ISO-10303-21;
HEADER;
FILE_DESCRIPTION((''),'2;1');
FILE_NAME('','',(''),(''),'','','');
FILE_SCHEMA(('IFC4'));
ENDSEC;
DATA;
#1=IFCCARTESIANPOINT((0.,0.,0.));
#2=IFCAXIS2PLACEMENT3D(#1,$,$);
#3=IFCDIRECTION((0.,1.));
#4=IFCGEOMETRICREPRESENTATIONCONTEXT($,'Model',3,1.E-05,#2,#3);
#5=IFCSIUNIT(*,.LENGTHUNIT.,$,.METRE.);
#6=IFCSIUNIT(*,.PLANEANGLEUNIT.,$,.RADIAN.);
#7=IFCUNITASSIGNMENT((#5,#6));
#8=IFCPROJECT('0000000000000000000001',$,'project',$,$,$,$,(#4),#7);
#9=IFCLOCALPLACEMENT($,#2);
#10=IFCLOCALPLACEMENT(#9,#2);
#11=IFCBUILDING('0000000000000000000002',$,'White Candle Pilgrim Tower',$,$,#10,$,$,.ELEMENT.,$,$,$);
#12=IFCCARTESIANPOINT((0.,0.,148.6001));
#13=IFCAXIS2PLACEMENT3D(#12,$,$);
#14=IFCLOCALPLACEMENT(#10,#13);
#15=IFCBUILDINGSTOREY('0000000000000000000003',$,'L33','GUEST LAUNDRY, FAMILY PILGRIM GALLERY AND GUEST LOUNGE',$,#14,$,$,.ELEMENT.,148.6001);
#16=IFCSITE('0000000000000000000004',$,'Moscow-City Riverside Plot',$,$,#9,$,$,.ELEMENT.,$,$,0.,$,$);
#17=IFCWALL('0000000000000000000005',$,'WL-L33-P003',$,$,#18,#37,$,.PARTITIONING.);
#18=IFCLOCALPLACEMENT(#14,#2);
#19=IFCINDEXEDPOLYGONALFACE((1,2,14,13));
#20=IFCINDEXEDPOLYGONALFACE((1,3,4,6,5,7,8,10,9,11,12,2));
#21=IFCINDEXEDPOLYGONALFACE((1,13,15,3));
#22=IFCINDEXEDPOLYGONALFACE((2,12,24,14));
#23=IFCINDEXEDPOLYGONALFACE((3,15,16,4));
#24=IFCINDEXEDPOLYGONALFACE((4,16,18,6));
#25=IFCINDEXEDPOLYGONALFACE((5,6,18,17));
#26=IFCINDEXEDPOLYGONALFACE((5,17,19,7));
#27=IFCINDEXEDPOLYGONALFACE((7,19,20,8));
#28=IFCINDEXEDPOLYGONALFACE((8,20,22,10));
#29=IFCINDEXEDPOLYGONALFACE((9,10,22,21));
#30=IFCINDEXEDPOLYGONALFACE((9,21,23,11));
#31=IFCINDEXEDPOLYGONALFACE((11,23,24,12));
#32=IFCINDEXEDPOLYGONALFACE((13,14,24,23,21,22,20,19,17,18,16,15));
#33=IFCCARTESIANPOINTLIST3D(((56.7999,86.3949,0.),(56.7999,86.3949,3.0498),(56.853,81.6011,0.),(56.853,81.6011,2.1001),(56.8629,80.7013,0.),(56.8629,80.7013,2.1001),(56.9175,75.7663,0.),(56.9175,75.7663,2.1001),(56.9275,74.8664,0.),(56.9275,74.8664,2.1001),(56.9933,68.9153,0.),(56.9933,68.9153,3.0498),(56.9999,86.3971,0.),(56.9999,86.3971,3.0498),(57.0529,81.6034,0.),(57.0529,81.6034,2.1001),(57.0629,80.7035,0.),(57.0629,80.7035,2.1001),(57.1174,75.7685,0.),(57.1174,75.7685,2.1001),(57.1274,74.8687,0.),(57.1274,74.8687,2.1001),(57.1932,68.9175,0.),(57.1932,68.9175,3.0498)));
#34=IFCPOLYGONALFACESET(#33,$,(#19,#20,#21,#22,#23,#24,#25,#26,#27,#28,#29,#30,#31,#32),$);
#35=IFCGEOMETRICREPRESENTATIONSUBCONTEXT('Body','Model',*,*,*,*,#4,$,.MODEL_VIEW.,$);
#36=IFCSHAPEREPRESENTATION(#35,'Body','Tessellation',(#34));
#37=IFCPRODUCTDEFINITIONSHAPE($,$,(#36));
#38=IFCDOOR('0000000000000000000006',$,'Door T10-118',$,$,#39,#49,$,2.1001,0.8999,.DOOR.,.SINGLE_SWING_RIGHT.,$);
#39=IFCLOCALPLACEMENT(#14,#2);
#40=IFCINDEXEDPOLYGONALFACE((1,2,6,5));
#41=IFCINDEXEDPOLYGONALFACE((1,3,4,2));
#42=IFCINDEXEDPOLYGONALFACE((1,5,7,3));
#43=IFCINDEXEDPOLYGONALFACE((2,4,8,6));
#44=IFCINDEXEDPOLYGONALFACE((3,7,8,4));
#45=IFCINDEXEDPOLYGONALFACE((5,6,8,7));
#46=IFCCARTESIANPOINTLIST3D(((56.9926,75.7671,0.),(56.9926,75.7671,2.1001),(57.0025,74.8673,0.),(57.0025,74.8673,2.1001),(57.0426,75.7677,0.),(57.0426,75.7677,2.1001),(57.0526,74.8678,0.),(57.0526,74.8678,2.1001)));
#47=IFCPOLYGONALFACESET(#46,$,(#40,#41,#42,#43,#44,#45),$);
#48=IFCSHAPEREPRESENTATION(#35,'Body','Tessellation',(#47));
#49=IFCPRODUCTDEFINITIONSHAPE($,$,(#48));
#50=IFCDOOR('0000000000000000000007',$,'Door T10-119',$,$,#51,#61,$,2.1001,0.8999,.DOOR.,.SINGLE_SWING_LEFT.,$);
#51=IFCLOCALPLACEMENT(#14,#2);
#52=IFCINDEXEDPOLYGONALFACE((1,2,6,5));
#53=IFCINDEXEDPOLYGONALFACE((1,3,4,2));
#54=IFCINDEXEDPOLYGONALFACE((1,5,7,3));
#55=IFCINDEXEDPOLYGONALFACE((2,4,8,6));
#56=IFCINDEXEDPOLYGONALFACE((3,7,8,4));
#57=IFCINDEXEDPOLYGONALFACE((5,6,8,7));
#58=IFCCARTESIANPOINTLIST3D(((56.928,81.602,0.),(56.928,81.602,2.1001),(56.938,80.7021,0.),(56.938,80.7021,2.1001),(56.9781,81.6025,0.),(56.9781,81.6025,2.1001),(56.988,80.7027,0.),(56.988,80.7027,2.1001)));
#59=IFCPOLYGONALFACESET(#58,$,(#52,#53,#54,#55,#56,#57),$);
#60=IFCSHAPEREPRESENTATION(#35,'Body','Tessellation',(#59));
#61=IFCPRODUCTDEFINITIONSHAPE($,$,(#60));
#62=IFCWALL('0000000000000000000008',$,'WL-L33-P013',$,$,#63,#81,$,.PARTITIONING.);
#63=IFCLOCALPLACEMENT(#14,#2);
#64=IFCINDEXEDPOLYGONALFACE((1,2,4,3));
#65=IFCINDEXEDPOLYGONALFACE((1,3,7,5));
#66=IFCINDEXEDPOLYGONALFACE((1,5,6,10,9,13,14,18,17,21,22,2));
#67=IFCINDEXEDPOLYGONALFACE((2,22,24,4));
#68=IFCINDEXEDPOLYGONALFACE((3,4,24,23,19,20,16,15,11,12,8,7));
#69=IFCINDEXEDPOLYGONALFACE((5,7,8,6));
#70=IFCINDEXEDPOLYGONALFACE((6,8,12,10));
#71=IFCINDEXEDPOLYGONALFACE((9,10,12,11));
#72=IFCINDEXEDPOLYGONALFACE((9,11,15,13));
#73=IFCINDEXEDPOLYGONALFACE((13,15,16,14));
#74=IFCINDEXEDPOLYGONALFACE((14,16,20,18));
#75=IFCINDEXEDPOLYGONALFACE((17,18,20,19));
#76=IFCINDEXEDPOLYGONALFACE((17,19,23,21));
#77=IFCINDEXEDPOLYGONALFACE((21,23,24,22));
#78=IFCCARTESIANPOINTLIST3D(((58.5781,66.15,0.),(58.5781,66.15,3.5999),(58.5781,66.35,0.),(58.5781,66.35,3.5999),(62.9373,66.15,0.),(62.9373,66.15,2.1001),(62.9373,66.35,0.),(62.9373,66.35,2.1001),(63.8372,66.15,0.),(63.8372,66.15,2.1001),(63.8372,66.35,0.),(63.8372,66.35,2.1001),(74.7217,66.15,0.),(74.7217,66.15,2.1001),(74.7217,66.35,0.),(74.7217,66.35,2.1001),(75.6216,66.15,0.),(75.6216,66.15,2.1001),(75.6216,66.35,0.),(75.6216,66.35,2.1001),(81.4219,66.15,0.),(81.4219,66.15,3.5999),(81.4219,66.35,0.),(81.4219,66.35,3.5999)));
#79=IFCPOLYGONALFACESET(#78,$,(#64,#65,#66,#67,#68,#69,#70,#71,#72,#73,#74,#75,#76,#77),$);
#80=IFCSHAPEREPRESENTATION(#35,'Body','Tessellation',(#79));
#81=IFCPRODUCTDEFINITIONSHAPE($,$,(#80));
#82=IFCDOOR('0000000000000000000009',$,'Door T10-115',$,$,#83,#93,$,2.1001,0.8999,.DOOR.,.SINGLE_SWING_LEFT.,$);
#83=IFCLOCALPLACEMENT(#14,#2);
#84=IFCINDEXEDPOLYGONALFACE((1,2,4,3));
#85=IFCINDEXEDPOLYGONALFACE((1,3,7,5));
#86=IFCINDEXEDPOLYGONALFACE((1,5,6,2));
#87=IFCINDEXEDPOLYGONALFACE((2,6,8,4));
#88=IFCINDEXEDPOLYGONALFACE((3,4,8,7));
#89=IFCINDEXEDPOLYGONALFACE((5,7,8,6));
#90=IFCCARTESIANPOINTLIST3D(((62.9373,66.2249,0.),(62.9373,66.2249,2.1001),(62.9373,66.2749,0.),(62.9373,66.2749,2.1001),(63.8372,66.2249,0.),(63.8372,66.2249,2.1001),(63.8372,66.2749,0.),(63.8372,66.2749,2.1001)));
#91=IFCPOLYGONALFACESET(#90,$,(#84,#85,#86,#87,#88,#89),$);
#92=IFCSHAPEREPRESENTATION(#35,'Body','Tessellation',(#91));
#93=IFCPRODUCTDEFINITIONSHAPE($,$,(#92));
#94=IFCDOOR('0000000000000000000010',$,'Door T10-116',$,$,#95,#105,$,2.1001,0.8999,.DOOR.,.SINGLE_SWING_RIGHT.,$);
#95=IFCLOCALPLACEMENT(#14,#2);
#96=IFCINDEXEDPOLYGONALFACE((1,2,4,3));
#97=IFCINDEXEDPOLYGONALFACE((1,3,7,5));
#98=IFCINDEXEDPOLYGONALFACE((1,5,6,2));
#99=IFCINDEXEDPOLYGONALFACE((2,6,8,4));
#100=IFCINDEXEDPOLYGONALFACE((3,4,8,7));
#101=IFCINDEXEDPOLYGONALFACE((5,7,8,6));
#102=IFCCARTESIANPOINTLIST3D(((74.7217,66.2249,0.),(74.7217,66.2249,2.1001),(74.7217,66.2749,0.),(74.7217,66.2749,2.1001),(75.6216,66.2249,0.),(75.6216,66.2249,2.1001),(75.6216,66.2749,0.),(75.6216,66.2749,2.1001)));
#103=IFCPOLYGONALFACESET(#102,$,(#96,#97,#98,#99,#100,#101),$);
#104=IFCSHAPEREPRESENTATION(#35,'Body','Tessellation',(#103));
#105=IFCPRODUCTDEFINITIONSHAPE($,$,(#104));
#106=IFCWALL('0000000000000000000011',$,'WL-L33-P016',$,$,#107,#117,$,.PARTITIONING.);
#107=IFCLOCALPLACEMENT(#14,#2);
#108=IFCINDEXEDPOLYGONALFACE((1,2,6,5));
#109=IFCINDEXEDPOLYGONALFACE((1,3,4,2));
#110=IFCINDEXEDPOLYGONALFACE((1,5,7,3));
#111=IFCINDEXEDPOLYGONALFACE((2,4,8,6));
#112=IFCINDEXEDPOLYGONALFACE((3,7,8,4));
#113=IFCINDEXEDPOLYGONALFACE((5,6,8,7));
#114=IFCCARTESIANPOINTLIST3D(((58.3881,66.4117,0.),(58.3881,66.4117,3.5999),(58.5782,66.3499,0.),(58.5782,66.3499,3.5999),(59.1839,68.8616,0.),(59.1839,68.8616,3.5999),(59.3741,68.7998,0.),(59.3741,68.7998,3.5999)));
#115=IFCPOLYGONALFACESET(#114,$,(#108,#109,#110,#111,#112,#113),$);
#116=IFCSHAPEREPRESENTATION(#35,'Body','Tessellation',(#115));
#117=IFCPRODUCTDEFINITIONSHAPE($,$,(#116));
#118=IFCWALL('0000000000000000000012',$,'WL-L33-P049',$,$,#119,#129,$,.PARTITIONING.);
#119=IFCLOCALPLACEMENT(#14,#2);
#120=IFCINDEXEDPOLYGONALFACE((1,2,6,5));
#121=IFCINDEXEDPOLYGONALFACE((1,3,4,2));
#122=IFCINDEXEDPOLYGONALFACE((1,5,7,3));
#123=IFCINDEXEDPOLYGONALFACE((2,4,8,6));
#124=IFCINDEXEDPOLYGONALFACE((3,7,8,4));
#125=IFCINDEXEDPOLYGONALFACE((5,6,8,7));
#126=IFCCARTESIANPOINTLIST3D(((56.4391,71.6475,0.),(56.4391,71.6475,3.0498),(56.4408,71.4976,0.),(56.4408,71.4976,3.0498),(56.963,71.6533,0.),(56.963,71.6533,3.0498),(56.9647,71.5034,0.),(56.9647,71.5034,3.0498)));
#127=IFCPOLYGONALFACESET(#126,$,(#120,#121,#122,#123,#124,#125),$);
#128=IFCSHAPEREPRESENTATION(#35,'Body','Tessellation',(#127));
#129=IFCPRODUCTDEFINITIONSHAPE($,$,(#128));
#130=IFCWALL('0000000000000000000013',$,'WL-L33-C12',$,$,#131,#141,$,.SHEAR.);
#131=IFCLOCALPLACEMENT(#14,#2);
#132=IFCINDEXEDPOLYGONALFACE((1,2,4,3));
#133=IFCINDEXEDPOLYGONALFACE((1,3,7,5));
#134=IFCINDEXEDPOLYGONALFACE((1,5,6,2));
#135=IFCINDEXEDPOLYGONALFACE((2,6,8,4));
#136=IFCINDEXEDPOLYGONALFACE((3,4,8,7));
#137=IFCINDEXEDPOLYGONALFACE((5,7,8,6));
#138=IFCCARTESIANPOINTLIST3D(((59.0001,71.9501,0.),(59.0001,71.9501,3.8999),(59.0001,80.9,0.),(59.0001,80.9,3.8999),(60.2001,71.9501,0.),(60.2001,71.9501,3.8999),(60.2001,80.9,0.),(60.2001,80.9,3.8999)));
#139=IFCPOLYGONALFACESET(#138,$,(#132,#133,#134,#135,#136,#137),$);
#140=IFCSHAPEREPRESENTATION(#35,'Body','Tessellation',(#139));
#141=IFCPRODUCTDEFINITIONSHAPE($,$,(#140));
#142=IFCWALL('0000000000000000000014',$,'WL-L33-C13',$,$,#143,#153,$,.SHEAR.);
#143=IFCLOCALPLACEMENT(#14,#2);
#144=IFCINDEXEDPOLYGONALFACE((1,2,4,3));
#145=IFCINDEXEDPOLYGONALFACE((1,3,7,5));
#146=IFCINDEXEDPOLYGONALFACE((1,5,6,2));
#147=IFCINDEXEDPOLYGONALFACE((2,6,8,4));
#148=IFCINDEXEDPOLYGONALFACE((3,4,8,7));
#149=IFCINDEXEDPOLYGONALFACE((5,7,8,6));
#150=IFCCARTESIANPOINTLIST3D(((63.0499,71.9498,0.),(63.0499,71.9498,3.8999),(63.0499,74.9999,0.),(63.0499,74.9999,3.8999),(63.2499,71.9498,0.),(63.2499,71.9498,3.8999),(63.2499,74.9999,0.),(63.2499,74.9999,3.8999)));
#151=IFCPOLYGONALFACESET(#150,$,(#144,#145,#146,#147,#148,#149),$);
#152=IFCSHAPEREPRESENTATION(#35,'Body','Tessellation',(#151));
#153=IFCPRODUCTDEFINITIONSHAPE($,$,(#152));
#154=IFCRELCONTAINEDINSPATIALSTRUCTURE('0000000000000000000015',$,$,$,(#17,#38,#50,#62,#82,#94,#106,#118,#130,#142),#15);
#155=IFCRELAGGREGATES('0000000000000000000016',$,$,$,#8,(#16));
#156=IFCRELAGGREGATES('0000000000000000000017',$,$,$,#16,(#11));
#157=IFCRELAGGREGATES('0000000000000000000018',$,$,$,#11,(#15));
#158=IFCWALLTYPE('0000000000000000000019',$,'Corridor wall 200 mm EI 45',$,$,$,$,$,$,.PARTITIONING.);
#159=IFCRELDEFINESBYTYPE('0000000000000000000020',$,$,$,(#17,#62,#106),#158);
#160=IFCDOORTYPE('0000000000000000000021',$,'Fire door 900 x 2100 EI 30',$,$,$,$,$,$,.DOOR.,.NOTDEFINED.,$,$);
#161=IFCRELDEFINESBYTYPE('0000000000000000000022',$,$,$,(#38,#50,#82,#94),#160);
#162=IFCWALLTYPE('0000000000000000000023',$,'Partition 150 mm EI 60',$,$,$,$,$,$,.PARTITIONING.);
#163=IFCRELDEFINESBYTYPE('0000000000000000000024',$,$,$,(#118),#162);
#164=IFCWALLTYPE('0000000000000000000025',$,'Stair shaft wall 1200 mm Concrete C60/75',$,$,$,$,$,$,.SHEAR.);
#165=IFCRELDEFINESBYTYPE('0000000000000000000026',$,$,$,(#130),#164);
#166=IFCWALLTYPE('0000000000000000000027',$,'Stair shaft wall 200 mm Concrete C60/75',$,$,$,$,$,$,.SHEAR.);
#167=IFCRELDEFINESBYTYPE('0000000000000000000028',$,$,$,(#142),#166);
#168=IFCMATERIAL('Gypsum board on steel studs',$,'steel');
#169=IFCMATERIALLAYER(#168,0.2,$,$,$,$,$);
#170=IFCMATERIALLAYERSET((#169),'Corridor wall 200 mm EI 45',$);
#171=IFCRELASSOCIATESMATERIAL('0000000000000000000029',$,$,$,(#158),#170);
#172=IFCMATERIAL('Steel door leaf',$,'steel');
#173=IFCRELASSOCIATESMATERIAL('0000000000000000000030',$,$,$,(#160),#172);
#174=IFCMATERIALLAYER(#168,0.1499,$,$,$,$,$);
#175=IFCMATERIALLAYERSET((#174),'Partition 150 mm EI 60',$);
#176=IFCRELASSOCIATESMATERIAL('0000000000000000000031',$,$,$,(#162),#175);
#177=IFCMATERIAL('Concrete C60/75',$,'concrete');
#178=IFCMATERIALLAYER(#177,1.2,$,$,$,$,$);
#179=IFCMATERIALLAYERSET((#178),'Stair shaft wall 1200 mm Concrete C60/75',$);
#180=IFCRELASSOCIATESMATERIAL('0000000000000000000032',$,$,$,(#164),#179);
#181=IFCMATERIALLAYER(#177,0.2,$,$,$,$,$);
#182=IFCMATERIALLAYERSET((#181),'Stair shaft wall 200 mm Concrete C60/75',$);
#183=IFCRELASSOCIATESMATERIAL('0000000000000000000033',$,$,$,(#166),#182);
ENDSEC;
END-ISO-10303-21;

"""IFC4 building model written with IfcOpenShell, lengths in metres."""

from ifc_helpers import new_model, si_unit, direction, frame, frame_2d, origin, place, context, subcontext, project, spatial, rectangle, extrude, material, layer, layer_set, type_object, element, fill, save


model = new_model("IFC4")

# Units and contexts
model_context = context("Model", 3, precision=1e-05, world=origin(), true_north=direction((0.0, 1.0)))
body_context = subcontext(model_context, "Body", "Model", "MODEL_VIEW")
ifc_project = project(units=[si_unit("LENGTHUNIT", "METRE"), si_unit("PLANEANGLEUNIT", "RADIAN")], contexts=[model_context])

# Site, building, storey
site_placement = place(None, origin())
site = spatial("IfcSite", under=ifc_project, at=site_placement, Name="Moscow-City Riverside Plot", CompositionType="ELEMENT", RefElevation=0.0)
building_placement = place(site_placement, origin())
building = spatial("IfcBuilding", under=site, at=building_placement, Name="White Candle Pilgrim Tower", CompositionType="ELEMENT")
storey_placement = place(building_placement, frame((0.0, 0.0, 148.6001)))
storey = spatial("IfcBuildingStorey", under=building, at=storey_placement, Name="L33", Description="GUEST LAUNDRY, FAMILY PILGRIM GALLERY AND GUEST LOUNGE", CompositionType="ELEMENT", Elevation=148.6001)

# Walls, openings, doors
ifc_material_1 = material(Name="Gypsum board on steel studs", Category="steel")
ifc_layer_1 = layer(ifc_material_1, 0.2)
ifc_layer_set_1 = layer_set([ifc_layer_1], Name="Corridor wall 200 mm EI 45")
wall_type_1 = type_object("IfcWallType", Name="Corridor wall 200 mm EI 45", PredefinedType="PARTITIONING", material=ifc_layer_set_1)
wall_1_placement = place(storey_placement, frame((57.0933, 68.9165, 0.0), z_axis=(0.0, 0.0, 1.0), x_axis=(-0.011061, 0.999939, 0.0)))
wall_1 = element("IfcWall", 1, at=wall_1_placement, inside=storey, type_object=wall_type_1, Name="WL-L33-P003", PredefinedType="PARTITIONING", context=body_context, shape_type="SweptSolid", body=[
    extrude(rectangle(XDim=17.4807, YDim=0.2, at=frame_2d((8.7402, 0.0))), origin(), (0.0, 0.0, 1.0), 3.0498),
])
opening_1_placement = place(wall_1_placement, frame((5.9514, 0.0, 0.0)))
opening_1 = element("IfcOpeningElement", 2, at=opening_1_placement, cuts=wall_1, PredefinedType="OPENING", context=body_context, shape_type="SweptSolid", body=[
    extrude(rectangle(XDim=0.8999, YDim=2.1001, at=frame_2d((0.45, 1.05))), frame((0.0, 0.1099, 0.0), z_axis=(0.0, -1.0, 0.0), x_axis=(1.0, 0.0, 0.0)), (0.0, 0.0, 1.0), 0.22),
])
opening_2_placement = place(wall_1_placement, frame((11.7866, 0.0, 0.0)))
opening_2 = element("IfcOpeningElement", 3, at=opening_2_placement, cuts=wall_1, PredefinedType="OPENING", context=body_context, shape_type="SweptSolid", body=[
    extrude(rectangle(XDim=0.8999, YDim=2.1001, at=frame_2d((0.45, 1.05))), frame((0.0, 0.1099, 0.0), z_axis=(0.0, -1.0, 0.0), x_axis=(1.0, 0.0, 0.0)), (0.0, 0.0, 1.0), 0.22),
])
ifc_material_2 = material(Name="Steel door leaf", Category="steel")
door_type_1 = type_object("IfcDoorType", Name="Fire door 900 x 2100 EI 30", OperationType="NOTDEFINED", PredefinedType="DOOR", material=ifc_material_2)
door_1_placement = place(opening_1_placement, origin())
door_1 = element("IfcDoor", 4, at=door_1_placement, inside=storey, type_object=door_type_1, Name="Door T10-118", OperationType="SINGLE_SWING_RIGHT", OverallHeight=2.1001, OverallWidth=0.8999, PredefinedType="DOOR", context=body_context, shape_type="SweptSolid", body=[
    extrude(rectangle(XDim=0.8999, YDim=2.1001, at=frame_2d((0.45, 1.05))), frame((0.0, 0.0249, 0.0), z_axis=(0.0, -1.0, 0.0), x_axis=(1.0, 0.0, 0.0)), (0.0, 0.0, 1.0), 0.05),
])
fill(opening_1, door_1)
door_2_placement = place(opening_2_placement, origin())
door_2 = element("IfcDoor", 5, at=door_2_placement, inside=storey, type_object=door_type_1, Name="Door T10-119", OperationType="SINGLE_SWING_LEFT", OverallHeight=2.1001, OverallWidth=0.8999, PredefinedType="DOOR", context=body_context, shape_type="SweptSolid", body=[
    extrude(rectangle(XDim=0.8999, YDim=2.1001, at=frame_2d((0.45, 1.05))), frame((0.0, 0.0249, 0.0), z_axis=(0.0, -1.0, 0.0), x_axis=(1.0, 0.0, 0.0)), (0.0, 0.0, 1.0), 0.05),
])
fill(opening_2, door_2)
wall_2_placement = place(storey_placement, frame((58.5781, 66.25, 0.0), z_axis=(0.0, 0.0, 1.0), x_axis=(1.0, 0.0, 0.0)))
wall_2 = element("IfcWall", 6, at=wall_2_placement, inside=storey, type_object=wall_type_1, Name="WL-L33-P013", PredefinedType="PARTITIONING", context=body_context, shape_type="SweptSolid", body=[
    extrude(rectangle(XDim=22.8438, YDim=0.2, at=frame_2d((11.4219, 0.0))), origin(), (0.0, 0.0, 1.0), 3.5999),
])
opening_3_placement = place(wall_2_placement, frame((4.3591, 0.0, 0.0)))
opening_3 = element("IfcOpeningElement", 7, at=opening_3_placement, cuts=wall_2, PredefinedType="OPENING", context=body_context, shape_type="SweptSolid", body=[
    extrude(rectangle(XDim=0.8999, YDim=2.1001, at=frame_2d((0.45, 1.05))), frame((0.0, 0.1099, 0.0), z_axis=(0.0, -1.0, 0.0), x_axis=(1.0, 0.0, 0.0)), (0.0, 0.0, 1.0), 0.22),
])
opening_4_placement = place(wall_2_placement, frame((16.1436, 0.0, 0.0)))
opening_4 = element("IfcOpeningElement", 8, at=opening_4_placement, cuts=wall_2, PredefinedType="OPENING", context=body_context, shape_type="SweptSolid", body=[
    extrude(rectangle(XDim=0.8999, YDim=2.1001, at=frame_2d((0.45, 1.05))), frame((0.0, 0.1099, 0.0), z_axis=(0.0, -1.0, 0.0), x_axis=(1.0, 0.0, 0.0)), (0.0, 0.0, 1.0), 0.22),
])
door_3_placement = place(opening_3_placement, origin())
door_3 = element("IfcDoor", 9, at=door_3_placement, inside=storey, type_object=door_type_1, Name="Door T10-115", OperationType="SINGLE_SWING_LEFT", OverallHeight=2.1001, OverallWidth=0.8999, PredefinedType="DOOR", context=body_context, shape_type="SweptSolid", body=[
    extrude(rectangle(XDim=0.8999, YDim=2.1001, at=frame_2d((0.45, 1.05))), frame((0.0, 0.0249, 0.0), z_axis=(0.0, -1.0, 0.0), x_axis=(1.0, 0.0, 0.0)), (0.0, 0.0, 1.0), 0.05),
])
fill(opening_3, door_3)
door_4_placement = place(opening_4_placement, origin())
door_4 = element("IfcDoor", 10, at=door_4_placement, inside=storey, type_object=door_type_1, Name="Door T10-116", OperationType="SINGLE_SWING_RIGHT", OverallHeight=2.1001, OverallWidth=0.8999, PredefinedType="DOOR", context=body_context, shape_type="SweptSolid", body=[
    extrude(rectangle(XDim=0.8999, YDim=2.1001, at=frame_2d((0.45, 1.05))), frame((0.0, 0.0249, 0.0), z_axis=(0.0, -1.0, 0.0), x_axis=(1.0, 0.0, 0.0)), (0.0, 0.0, 1.0), 0.05),
])
fill(opening_4, door_4)

# Walls
wall_3_placement = place(storey_placement, frame((59.2791, 68.8308, 0.0), z_axis=(0.0, 0.0, 1.0), x_axis=(-0.308968, -0.951072, 0.0)))
element("IfcWall", 11, at=wall_3_placement, inside=storey, type_object=wall_type_1, Name="WL-L33-P016", PredefinedType="PARTITIONING", context=body_context, shape_type="SweptSolid", body=[
    extrude(rectangle(XDim=2.5759, YDim=0.2, at=frame_2d((1.2881, 0.0))), origin(), (0.0, 0.0, 1.0), 3.5999),
])
ifc_layer_2 = layer(ifc_material_1, 0.1499)
ifc_layer_set_2 = layer_set([ifc_layer_2], Name="Partition 150 mm EI 60")
wall_type_2 = type_object("IfcWallType", Name="Partition 150 mm EI 60", PredefinedType="PARTITIONING", material=ifc_layer_set_2)
wall_4_placement = place(storey_placement, frame((56.4399, 71.5725, 0.0), z_axis=(0.0, 0.0, 1.0), x_axis=(0.999937, 0.011183, 0.0)))
element("IfcWall", 12, at=wall_4_placement, inside=storey, type_object=wall_type_2, Name="WL-L33-P049", PredefinedType="PARTITIONING", context=body_context, shape_type="SweptSolid", body=[
    extrude(rectangle(XDim=0.5239, YDim=0.1499, at=frame_2d((0.262, 0.0))), origin(), (0.0, 0.0, 1.0), 3.0498),
])
ifc_material_3 = material(Name="Concrete C60/75", Category="concrete")
ifc_layer_3 = layer(ifc_material_3, 1.2)
ifc_layer_set_3 = layer_set([ifc_layer_3], Name="Stair shaft wall 1200 mm Concrete C60/75")
wall_type_3 = type_object("IfcWallType", Name="Stair shaft wall 1200 mm Concrete C60/75", PredefinedType="SHEAR", material=ifc_layer_set_3)
wall_5_placement = place(storey_placement, frame((59.6001, 71.95, 0.0), z_axis=(0.0, 0.0, 1.0), x_axis=(0.0, 1.0, 0.0)))
element("IfcWall", 13, at=wall_5_placement, inside=storey, type_object=wall_type_3, Name="WL-L33-C12", PredefinedType="SHEAR", context=body_context, shape_type="SweptSolid", body=[
    extrude(rectangle(XDim=8.95, YDim=1.2, at=frame_2d((4.4751, 0.0))), origin(), (0.0, 0.0, 1.0), 3.8999),
])
ifc_layer_4 = layer(ifc_material_3, 0.2)
ifc_layer_set_4 = layer_set([ifc_layer_4], Name="Stair shaft wall 200 mm Concrete C60/75")
wall_type_4 = type_object("IfcWallType", Name="Stair shaft wall 200 mm Concrete C60/75", PredefinedType="SHEAR", material=ifc_layer_set_4)
wall_6_placement = place(storey_placement, frame((63.1499, 71.95, 0.0), z_axis=(0.0, 0.0, 1.0), x_axis=(0.0, 1.0, 0.0)))
element("IfcWall", 14, at=wall_6_placement, inside=storey, type_object=wall_type_4, Name="WL-L33-C13", PredefinedType="SHEAR", context=body_context, shape_type="SweptSolid", body=[
    extrude(rectangle(XDim=3.05, YDim=0.2, at=frame_2d((1.5249, 0.0))), origin(), (0.0, 0.0, 1.0), 3.8999),
])

save(model, "model.ifc")
